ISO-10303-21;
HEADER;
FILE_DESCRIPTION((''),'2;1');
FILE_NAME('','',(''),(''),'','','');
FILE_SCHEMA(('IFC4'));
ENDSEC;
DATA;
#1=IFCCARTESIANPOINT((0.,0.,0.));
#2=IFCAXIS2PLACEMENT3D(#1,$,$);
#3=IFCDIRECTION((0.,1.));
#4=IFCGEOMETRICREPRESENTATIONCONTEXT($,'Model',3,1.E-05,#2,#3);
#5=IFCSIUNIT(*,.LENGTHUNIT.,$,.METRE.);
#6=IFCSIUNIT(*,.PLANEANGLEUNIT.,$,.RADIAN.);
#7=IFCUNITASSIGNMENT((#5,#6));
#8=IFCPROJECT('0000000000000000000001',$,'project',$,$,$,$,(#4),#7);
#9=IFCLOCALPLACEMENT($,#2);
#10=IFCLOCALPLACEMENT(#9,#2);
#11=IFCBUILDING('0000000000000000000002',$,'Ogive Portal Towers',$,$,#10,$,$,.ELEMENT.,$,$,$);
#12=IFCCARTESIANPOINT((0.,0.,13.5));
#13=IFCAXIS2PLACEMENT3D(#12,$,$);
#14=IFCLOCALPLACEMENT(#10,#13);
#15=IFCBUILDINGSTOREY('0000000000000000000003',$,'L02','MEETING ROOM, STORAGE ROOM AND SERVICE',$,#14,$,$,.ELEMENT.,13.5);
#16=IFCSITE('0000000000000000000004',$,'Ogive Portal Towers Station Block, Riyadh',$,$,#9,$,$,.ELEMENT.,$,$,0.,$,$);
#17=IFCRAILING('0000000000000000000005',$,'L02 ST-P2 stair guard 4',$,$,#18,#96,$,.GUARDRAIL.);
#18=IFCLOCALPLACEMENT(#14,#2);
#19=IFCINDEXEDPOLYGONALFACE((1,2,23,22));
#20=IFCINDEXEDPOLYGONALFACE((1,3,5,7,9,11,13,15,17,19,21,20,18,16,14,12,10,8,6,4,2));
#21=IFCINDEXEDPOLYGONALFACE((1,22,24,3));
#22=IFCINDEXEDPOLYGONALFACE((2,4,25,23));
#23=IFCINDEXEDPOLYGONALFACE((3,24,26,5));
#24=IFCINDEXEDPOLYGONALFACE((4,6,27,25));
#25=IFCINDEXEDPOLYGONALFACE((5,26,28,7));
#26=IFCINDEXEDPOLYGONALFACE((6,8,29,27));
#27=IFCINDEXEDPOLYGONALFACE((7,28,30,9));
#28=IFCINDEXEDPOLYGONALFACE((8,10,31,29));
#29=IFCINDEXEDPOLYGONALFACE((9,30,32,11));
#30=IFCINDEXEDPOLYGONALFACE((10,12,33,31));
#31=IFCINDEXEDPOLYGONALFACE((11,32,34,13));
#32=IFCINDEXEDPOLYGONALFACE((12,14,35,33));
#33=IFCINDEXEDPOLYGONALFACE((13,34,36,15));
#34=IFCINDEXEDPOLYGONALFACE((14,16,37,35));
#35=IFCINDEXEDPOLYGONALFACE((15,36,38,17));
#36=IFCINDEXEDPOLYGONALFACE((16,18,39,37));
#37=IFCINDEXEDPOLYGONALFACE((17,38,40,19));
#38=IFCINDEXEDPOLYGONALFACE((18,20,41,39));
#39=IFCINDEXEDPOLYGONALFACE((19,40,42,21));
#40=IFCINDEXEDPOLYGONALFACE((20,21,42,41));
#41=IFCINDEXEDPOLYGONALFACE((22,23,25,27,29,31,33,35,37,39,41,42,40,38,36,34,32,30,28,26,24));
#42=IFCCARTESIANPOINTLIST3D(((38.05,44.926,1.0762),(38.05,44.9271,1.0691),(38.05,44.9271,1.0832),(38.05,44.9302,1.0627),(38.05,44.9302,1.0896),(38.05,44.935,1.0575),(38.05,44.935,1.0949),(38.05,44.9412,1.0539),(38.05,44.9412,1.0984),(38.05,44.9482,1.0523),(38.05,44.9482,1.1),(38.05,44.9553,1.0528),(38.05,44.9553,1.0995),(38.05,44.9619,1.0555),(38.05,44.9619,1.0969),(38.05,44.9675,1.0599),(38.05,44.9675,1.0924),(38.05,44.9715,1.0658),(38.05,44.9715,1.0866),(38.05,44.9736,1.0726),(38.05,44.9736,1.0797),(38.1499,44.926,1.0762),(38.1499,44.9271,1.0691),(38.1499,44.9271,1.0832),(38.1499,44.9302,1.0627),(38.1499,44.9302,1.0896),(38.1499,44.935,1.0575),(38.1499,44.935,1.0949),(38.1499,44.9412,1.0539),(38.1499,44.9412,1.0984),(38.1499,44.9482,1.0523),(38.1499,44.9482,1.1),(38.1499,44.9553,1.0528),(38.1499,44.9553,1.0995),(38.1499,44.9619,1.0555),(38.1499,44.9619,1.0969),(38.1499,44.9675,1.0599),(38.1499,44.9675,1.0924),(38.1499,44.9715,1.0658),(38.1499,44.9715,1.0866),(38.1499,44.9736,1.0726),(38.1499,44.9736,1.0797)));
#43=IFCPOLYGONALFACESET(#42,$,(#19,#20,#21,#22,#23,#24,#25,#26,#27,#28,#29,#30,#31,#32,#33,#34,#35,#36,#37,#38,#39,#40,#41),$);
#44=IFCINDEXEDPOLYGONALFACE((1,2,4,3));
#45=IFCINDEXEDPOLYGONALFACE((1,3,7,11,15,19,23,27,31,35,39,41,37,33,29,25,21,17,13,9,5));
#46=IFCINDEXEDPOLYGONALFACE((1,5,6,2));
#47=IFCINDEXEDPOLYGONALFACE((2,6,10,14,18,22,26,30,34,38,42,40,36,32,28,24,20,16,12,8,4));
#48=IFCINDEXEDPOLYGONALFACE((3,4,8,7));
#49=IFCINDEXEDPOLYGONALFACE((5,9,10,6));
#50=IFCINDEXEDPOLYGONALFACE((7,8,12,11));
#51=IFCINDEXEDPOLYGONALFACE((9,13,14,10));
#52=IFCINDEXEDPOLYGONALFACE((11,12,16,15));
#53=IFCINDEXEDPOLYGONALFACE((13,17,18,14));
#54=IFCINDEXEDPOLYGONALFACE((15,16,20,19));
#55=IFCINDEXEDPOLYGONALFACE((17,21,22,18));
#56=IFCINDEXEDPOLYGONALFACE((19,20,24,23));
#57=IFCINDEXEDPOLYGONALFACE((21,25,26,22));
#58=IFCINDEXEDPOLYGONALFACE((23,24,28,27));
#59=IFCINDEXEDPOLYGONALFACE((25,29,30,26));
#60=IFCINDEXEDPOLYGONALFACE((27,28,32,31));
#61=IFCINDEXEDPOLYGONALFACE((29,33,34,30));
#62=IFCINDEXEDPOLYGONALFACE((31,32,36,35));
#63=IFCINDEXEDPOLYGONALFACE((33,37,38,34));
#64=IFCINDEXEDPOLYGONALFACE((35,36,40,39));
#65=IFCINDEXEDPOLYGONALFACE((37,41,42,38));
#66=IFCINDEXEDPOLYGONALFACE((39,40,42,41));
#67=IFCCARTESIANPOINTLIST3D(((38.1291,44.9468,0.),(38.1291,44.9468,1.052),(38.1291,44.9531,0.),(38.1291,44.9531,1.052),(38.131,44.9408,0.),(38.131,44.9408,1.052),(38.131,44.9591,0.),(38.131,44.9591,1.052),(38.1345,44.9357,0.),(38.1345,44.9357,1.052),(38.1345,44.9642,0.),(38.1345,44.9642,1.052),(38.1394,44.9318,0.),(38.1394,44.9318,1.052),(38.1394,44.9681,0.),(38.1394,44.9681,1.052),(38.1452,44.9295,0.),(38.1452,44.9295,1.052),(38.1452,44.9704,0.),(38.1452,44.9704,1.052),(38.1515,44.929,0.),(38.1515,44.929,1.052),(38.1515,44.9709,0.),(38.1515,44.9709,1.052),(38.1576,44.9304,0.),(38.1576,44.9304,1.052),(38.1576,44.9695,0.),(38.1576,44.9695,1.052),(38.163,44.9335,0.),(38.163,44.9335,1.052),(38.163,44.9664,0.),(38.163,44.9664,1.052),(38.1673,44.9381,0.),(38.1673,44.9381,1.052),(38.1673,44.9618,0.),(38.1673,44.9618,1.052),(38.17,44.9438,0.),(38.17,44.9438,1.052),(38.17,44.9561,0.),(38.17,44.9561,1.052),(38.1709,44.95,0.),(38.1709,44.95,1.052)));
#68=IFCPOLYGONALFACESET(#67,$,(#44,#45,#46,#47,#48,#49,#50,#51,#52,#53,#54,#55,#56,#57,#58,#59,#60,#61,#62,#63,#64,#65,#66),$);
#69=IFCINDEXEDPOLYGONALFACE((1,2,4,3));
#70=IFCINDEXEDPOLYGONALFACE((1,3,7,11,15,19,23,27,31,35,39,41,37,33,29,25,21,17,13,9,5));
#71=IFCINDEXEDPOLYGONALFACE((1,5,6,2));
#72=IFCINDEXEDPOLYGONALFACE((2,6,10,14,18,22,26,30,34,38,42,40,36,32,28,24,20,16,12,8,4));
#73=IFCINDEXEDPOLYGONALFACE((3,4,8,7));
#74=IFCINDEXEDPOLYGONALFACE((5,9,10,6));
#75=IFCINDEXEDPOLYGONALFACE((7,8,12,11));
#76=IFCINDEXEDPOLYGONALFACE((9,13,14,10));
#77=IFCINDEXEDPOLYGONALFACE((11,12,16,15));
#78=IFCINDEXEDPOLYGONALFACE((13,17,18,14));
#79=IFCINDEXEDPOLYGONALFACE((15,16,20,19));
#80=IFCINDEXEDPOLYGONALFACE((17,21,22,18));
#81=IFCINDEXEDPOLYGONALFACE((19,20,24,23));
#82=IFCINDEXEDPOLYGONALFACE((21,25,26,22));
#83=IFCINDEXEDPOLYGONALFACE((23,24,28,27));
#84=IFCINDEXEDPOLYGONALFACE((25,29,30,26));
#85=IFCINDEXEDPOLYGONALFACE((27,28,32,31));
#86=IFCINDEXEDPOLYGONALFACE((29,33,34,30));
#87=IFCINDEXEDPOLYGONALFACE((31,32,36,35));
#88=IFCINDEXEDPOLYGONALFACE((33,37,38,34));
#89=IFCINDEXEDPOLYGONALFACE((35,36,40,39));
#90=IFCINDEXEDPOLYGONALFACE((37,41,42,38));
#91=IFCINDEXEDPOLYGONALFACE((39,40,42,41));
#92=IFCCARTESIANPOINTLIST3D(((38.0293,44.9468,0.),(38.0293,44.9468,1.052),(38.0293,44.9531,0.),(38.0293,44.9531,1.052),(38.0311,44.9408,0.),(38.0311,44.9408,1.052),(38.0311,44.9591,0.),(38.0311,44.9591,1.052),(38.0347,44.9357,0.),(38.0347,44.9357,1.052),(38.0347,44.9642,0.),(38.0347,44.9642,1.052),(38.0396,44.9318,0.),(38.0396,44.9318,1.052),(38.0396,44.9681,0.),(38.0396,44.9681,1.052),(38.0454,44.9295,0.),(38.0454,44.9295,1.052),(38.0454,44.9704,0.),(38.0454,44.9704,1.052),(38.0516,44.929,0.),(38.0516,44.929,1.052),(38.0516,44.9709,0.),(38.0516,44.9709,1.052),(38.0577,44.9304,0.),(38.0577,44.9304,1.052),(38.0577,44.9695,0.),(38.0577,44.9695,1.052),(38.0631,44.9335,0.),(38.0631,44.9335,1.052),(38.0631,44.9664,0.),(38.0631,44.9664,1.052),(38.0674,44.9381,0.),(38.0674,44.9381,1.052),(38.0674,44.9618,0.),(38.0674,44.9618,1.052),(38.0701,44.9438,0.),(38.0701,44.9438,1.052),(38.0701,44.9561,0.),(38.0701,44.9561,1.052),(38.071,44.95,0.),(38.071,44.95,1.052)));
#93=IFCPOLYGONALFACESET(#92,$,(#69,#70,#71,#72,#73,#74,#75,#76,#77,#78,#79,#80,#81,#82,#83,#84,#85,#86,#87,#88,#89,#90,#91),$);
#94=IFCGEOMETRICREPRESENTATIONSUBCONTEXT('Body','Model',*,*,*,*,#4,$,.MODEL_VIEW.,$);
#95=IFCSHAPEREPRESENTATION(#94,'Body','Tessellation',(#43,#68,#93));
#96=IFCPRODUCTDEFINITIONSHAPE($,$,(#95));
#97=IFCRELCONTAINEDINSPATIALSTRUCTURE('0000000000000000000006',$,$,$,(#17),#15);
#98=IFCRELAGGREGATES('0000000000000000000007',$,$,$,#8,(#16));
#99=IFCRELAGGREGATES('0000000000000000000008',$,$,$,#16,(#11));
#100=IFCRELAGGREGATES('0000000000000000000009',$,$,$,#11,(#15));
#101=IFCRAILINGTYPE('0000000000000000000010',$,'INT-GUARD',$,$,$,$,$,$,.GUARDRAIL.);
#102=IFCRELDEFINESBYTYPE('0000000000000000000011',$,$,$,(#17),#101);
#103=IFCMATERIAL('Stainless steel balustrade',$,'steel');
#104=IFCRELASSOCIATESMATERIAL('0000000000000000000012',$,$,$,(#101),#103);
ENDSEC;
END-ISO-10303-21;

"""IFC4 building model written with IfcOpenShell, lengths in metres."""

from ifc_helpers import new_model, si_unit, direction, frame, origin, origin_2d, place, context, subcontext, project, spatial, circle, extrude, material, type_object, element, save


model = new_model("IFC4")

# Units and contexts
model_context = context("Model", 3, precision=1e-05, world=origin(), true_north=direction((0.0, 1.0)))
body_context = subcontext(model_context, "Body", "Model", "MODEL_VIEW")
ifc_project = project(units=[si_unit("LENGTHUNIT", "METRE"), si_unit("PLANEANGLEUNIT", "RADIAN")], contexts=[model_context])

# Site, building, storey
site_placement = place(None, origin())
site = spatial("IfcSite", under=ifc_project, at=site_placement, Name="Ogive Portal Towers Station Block, Riyadh", CompositionType="ELEMENT", RefElevation=0.0)
building_placement = place(site_placement, origin())
building = spatial("IfcBuilding", under=site, at=building_placement, Name="Ogive Portal Towers", CompositionType="ELEMENT")
storey_placement = place(building_placement, frame((0.0, 0.0, 13.5)))
storey = spatial("IfcBuildingStorey", under=building, at=storey_placement, Name="L02", Description="MEETING ROOM, STORAGE ROOM AND SERVICE", CompositionType="ELEMENT", Elevation=13.5)

# Railing
ifc_material_1 = material(Name="Stainless steel balustrade", Category="steel")
railing_type_1 = type_object("IfcRailingType", Name="INT-GUARD", PredefinedType="GUARDRAIL", material=ifc_material_1)
railing_1_placement = place(storey_placement, frame((38.1499, 44.95, 0.0)))
element("IfcRailing", 1, at=railing_1_placement, inside=storey, type_object=railing_type_1, Name="L02 ST-P2 stair guard 4", PredefinedType="GUARDRAIL", context=body_context, shape_type="SweptSolid", body=[
    extrude(circle(Radius=0.0239, at=origin_2d()), frame((0.0, 0.0, 1.0762), z_axis=(-1.0, 0.0, 0.0), x_axis=(0.0, -1.0, 0.0)), (0.0, 0.0, 1.0), 0.0999),
    extrude(circle(Radius=0.021, at=origin_2d()), origin(), (0.0, 0.0, 1.0), 1.052),
    extrude(circle(Radius=0.021, at=origin_2d()), frame((-0.0999, 0.0, 0.0)), (0.0, 0.0, 1.0), 1.052),
])

save(model, "model.ifc")
